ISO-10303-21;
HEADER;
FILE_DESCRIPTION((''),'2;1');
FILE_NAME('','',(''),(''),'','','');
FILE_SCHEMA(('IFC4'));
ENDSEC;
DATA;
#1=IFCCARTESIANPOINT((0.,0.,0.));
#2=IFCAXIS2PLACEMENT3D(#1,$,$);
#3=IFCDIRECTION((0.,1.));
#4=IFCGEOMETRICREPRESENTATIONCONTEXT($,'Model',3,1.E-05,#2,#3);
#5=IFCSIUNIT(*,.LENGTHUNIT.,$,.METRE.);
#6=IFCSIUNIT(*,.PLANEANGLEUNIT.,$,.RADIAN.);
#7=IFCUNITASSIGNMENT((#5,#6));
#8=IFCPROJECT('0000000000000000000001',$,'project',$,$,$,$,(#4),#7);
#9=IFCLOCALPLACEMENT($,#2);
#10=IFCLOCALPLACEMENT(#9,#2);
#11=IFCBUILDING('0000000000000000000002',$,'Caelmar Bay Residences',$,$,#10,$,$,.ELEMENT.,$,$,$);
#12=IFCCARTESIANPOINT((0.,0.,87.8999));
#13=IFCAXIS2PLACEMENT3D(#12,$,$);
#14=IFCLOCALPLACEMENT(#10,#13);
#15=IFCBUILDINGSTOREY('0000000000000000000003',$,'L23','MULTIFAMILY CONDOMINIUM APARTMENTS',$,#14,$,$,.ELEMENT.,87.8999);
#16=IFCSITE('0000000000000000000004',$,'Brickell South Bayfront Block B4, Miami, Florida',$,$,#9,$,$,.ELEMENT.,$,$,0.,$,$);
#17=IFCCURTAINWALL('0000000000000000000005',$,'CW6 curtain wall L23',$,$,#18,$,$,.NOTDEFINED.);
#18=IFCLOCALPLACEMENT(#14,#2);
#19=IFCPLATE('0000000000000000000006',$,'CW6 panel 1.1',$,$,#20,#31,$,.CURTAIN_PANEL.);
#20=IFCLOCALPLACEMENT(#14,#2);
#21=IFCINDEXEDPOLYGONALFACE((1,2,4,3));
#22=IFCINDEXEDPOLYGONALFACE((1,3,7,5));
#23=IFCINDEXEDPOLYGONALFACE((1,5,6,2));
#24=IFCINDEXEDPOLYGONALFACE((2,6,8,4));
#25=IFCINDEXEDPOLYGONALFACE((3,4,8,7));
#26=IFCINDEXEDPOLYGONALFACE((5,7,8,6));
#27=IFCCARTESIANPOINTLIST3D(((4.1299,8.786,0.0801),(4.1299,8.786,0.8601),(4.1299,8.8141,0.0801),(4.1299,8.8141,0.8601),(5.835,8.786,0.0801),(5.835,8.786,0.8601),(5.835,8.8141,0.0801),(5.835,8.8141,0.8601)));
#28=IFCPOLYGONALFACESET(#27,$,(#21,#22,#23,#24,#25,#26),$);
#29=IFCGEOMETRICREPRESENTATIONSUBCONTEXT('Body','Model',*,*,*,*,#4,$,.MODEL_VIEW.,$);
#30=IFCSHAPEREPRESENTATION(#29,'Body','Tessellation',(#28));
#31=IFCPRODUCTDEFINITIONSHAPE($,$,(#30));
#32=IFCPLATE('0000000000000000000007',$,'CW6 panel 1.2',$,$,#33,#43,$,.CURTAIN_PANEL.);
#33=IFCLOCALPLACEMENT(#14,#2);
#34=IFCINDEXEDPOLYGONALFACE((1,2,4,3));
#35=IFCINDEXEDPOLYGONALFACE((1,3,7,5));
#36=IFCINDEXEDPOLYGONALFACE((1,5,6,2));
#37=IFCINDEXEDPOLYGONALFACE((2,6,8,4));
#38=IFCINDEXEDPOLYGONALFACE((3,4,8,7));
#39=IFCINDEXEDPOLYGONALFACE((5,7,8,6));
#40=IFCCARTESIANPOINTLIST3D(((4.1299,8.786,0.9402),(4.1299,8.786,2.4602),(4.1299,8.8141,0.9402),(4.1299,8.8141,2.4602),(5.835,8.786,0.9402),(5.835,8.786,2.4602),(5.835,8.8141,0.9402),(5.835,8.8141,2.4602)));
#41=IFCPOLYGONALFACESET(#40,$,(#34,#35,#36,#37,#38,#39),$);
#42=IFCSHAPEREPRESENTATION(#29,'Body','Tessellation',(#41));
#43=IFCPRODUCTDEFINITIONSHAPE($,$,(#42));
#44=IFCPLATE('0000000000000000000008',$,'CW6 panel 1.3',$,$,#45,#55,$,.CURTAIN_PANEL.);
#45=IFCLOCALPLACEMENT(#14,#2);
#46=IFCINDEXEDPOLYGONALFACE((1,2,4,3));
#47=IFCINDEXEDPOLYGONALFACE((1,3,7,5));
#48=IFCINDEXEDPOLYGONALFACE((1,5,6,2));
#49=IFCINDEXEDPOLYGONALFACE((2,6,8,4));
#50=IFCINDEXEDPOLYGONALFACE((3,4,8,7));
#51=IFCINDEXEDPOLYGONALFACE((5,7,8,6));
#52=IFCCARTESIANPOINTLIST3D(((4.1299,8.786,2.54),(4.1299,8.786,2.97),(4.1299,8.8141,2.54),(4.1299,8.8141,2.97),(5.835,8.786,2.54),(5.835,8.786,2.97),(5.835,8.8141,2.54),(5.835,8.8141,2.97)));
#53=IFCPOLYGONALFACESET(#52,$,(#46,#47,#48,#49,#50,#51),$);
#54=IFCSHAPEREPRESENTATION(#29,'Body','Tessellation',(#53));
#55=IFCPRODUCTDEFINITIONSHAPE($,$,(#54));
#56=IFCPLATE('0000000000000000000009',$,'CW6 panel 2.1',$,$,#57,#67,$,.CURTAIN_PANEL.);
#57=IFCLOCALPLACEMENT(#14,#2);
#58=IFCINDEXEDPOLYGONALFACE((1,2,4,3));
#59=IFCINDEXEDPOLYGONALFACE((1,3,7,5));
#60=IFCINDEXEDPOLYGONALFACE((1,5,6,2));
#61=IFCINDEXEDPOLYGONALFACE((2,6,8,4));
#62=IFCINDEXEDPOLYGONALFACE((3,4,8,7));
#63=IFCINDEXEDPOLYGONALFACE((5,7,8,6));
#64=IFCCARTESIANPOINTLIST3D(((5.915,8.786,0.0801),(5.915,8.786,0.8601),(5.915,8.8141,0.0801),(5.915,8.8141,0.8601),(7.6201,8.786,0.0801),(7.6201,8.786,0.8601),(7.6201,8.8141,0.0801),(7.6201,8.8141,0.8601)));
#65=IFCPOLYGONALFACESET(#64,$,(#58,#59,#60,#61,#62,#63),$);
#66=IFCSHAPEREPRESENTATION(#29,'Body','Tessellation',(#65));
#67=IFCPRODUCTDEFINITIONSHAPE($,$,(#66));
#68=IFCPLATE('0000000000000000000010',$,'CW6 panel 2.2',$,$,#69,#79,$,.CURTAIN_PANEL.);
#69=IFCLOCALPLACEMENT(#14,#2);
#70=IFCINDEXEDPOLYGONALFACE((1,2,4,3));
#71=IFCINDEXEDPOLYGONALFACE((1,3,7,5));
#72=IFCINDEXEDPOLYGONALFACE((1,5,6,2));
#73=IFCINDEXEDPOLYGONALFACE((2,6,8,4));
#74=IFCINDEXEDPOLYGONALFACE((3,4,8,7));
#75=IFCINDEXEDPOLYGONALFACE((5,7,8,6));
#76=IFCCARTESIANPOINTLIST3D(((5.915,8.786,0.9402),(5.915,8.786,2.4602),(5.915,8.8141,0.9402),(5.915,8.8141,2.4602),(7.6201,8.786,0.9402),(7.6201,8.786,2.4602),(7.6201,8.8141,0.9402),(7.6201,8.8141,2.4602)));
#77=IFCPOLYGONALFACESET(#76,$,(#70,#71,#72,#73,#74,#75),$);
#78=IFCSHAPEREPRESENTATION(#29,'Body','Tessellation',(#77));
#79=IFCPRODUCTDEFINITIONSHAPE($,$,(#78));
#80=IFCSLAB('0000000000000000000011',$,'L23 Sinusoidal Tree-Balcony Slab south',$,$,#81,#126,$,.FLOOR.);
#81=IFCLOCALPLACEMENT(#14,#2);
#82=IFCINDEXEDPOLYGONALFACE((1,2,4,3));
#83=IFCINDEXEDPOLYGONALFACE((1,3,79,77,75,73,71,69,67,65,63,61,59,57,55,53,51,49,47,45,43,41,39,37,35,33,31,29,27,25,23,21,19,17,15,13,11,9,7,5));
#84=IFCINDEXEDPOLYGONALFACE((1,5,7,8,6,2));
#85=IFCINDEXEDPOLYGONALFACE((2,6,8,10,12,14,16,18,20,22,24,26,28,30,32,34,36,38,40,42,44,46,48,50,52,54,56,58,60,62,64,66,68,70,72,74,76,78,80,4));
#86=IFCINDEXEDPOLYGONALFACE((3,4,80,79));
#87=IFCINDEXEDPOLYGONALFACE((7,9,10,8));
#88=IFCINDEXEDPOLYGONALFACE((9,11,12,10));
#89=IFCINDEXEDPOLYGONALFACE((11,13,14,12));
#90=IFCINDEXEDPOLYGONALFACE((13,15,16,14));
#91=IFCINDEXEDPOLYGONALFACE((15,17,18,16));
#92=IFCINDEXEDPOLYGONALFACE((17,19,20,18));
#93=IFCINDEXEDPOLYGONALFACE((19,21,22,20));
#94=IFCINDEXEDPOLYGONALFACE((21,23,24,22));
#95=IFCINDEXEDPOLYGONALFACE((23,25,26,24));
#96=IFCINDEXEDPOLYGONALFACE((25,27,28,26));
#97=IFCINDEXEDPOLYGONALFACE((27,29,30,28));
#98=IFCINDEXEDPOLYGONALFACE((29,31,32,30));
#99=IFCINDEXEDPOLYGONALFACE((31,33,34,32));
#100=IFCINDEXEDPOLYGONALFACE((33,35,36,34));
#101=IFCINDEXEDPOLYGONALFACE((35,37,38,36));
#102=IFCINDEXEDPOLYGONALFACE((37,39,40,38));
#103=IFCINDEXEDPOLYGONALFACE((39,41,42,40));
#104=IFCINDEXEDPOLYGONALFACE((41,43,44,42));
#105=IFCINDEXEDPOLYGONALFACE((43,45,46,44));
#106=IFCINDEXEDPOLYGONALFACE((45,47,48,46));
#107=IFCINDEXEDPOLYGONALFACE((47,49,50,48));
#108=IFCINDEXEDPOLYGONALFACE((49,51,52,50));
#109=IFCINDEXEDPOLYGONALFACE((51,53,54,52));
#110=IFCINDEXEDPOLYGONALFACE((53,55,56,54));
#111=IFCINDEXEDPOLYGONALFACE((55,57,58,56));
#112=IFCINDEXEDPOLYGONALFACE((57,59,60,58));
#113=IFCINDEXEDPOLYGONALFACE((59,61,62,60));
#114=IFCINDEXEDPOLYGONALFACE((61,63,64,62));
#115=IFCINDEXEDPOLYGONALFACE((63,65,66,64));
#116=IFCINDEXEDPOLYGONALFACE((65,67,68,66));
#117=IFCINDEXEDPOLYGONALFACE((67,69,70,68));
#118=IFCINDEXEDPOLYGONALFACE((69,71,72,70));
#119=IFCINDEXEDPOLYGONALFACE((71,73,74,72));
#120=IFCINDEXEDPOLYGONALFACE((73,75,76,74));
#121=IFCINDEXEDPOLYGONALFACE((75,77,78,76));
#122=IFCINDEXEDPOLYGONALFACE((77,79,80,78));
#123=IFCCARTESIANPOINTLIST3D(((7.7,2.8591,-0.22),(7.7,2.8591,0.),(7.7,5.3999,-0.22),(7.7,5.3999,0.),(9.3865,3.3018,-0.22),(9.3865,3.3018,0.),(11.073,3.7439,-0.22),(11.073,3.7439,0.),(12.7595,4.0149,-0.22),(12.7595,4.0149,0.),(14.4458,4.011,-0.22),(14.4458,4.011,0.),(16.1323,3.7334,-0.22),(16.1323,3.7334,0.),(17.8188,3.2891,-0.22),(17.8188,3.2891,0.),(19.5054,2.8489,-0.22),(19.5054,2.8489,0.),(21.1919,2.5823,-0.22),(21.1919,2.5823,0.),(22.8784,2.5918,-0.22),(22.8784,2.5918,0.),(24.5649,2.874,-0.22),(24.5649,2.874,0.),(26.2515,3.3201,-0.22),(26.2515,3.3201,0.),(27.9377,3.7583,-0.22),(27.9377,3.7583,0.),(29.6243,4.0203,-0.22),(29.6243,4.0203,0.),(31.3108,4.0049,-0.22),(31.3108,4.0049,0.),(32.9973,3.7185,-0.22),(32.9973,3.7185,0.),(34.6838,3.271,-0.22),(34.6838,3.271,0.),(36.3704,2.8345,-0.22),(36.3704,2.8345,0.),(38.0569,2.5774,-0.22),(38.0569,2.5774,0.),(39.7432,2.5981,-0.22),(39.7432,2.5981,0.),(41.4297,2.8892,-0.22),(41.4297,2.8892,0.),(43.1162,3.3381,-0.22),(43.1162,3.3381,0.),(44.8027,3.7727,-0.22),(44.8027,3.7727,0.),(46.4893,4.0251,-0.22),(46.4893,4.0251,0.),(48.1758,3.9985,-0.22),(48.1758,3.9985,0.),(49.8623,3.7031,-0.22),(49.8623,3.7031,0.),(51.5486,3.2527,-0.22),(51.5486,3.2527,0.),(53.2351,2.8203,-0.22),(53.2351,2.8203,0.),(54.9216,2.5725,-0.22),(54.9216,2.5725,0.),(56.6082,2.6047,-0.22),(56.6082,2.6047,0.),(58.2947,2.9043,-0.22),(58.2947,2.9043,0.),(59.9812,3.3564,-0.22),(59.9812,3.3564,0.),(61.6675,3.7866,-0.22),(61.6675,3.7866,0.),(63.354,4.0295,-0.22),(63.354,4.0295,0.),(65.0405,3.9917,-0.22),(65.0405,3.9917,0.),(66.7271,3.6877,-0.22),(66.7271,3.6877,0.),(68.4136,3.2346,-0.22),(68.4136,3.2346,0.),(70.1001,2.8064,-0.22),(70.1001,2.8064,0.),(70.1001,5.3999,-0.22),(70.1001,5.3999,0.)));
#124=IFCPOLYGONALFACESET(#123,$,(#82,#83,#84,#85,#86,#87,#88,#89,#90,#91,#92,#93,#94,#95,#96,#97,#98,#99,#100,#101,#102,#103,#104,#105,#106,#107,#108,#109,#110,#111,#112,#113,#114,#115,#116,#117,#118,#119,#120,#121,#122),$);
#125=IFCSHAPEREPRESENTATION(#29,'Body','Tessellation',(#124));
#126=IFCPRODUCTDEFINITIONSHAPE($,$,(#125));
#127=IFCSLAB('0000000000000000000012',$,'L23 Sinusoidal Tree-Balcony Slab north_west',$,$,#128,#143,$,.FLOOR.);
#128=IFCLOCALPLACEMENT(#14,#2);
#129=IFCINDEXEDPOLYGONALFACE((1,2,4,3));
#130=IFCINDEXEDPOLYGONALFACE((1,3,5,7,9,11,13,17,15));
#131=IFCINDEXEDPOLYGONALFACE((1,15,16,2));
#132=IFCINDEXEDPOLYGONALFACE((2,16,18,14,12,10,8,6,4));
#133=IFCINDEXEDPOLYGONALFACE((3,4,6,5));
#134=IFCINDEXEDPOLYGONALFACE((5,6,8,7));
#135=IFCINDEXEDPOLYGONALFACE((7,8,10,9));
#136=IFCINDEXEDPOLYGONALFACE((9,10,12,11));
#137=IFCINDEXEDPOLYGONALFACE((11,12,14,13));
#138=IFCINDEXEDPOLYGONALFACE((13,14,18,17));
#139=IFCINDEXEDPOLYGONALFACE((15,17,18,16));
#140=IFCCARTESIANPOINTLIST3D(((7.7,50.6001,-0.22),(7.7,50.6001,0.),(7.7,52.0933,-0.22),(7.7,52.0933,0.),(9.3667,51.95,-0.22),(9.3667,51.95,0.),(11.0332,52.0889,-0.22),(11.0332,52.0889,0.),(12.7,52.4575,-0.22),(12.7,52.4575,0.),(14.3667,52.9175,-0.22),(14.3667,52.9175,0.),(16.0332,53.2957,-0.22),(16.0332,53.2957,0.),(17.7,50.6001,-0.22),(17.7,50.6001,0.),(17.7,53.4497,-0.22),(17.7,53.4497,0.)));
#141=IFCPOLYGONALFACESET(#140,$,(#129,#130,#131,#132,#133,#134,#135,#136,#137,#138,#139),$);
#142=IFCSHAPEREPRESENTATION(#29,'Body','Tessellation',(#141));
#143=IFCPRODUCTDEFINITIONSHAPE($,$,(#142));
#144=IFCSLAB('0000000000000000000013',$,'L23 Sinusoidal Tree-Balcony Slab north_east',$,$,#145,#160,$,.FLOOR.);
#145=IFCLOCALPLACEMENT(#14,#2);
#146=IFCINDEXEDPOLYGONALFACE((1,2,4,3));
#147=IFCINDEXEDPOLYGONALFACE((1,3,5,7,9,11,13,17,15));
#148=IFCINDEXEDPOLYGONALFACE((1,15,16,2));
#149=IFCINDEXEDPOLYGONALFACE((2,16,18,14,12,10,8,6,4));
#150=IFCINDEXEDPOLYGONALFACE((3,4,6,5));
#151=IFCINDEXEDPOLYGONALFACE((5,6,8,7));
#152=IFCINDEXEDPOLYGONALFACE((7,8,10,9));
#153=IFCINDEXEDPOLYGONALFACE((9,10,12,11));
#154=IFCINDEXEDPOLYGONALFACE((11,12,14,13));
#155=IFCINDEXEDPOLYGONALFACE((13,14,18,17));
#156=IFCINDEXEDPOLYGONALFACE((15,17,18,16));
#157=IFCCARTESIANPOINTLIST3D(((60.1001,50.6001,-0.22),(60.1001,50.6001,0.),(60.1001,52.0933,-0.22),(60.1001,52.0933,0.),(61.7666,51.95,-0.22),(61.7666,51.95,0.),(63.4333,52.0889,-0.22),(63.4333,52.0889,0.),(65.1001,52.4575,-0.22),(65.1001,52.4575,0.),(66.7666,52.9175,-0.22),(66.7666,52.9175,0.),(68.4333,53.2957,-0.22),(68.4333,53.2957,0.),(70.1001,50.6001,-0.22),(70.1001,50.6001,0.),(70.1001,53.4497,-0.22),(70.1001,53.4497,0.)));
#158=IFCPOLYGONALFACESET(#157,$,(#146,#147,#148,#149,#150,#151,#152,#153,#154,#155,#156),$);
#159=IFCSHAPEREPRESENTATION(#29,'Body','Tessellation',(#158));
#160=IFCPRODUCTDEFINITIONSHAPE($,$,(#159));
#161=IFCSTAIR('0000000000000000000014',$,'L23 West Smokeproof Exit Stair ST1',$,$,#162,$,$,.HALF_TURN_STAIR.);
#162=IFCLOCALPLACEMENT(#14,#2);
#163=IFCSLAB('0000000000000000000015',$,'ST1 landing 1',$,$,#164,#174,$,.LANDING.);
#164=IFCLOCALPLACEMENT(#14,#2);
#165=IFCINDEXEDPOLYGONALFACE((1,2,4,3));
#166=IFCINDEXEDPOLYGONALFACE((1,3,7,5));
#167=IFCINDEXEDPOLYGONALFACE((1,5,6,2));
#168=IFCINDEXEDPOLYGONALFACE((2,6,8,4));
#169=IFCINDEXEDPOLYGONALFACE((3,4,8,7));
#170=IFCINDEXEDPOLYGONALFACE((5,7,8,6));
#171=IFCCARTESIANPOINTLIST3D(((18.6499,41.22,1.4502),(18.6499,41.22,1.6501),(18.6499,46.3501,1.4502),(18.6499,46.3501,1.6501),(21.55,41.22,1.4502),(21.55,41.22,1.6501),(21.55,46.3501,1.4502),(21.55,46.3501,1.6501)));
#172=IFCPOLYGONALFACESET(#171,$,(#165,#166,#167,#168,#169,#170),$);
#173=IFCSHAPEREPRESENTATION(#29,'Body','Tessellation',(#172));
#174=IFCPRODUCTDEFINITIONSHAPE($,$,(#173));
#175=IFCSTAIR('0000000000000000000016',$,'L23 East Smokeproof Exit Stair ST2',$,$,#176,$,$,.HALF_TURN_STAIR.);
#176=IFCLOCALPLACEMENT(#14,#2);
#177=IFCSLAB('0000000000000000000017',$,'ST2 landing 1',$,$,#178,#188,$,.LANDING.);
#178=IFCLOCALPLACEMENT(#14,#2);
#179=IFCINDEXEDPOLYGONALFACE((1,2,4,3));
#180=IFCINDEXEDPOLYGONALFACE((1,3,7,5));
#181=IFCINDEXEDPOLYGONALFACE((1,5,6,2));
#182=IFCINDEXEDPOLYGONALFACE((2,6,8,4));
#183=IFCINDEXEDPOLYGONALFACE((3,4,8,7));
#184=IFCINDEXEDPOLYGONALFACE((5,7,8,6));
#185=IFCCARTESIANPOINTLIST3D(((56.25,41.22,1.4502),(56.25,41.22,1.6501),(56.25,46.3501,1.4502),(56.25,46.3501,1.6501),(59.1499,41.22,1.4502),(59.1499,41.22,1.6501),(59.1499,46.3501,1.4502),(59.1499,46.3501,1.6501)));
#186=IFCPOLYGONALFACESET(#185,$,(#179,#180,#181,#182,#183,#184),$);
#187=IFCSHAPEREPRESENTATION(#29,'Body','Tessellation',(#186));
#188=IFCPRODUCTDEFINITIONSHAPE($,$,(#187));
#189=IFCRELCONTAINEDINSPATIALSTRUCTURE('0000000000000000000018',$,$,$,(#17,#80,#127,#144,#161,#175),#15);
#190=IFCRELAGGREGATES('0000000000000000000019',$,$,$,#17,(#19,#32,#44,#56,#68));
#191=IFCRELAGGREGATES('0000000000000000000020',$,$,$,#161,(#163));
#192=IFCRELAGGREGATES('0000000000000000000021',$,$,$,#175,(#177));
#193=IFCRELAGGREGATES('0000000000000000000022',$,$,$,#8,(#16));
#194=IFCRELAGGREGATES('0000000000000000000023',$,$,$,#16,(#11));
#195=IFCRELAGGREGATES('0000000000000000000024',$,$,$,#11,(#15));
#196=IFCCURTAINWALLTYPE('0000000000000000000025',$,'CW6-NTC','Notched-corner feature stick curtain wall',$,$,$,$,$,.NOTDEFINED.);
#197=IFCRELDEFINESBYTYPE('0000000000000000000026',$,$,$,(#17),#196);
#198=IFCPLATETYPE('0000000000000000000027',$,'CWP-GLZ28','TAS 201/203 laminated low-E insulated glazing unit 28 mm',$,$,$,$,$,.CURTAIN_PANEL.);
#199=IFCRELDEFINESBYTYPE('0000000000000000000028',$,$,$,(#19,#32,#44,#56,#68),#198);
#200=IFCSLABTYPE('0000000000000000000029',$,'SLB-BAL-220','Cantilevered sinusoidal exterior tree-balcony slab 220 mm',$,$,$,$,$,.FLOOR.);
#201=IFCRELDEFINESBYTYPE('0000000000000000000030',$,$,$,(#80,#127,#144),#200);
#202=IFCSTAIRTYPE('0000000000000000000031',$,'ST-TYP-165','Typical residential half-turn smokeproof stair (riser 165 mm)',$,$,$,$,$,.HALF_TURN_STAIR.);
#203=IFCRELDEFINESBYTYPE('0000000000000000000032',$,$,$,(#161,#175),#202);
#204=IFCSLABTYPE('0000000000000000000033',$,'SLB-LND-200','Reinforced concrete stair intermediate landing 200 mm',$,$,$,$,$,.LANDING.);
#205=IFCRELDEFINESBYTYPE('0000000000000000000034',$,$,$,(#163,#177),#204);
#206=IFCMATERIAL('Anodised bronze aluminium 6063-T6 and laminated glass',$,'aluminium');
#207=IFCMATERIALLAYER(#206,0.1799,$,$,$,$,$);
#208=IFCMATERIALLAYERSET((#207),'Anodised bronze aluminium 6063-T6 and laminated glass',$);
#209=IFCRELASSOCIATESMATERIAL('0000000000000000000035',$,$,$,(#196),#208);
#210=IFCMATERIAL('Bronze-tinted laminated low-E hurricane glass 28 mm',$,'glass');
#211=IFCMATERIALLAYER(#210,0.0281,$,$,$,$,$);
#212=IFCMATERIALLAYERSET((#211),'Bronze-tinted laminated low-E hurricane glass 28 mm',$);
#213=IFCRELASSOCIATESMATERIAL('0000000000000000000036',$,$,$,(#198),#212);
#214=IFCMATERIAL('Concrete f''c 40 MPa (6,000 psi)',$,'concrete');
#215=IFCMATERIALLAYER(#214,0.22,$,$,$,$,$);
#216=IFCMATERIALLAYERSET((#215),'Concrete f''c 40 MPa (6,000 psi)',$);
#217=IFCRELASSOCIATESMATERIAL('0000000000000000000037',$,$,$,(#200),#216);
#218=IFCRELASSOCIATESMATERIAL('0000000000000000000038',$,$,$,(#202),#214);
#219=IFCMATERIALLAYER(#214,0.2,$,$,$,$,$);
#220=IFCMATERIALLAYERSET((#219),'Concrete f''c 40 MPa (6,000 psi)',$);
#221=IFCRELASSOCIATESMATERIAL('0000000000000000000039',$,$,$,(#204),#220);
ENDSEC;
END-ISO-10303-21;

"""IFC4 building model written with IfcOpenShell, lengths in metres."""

from ifc_helpers import new_model, si_unit, direction, frame, origin, origin_2d, place, context, subcontext, project, spatial, polyline, rectangle, outline, extrude, material, layer, layer_set, type_object, element, aggregate, save


model = new_model("IFC4")

# Units and contexts
model_context = context("Model", 3, precision=1e-05, world=origin(), true_north=direction((0.0, 1.0)))
body_context = subcontext(model_context, "Body", "Model", "MODEL_VIEW")
ifc_project = project(units=[si_unit("LENGTHUNIT", "METRE"), si_unit("PLANEANGLEUNIT", "RADIAN")], contexts=[model_context])

# Site, building, storey
site_placement = place(None, origin())
site = spatial("IfcSite", under=ifc_project, at=site_placement, Name="Brickell South Bayfront Block B4, Miami, Florida", CompositionType="ELEMENT", RefElevation=0.0)
building_placement = place(site_placement, origin())
building = spatial("IfcBuilding", under=site, at=building_placement, Name="Caelmar Bay Residences", CompositionType="ELEMENT")
storey_placement = place(building_placement, frame((0.0, 0.0, 87.8999)))
storey = spatial("IfcBuildingStorey", under=building, at=storey_placement, Name="L23", Description="MULTIFAMILY CONDOMINIUM APARTMENTS", CompositionType="ELEMENT", Elevation=87.8999)

# Curtain wall
ifc_material_1 = material(Name="Anodised bronze aluminium 6063-T6 and laminated glass", Category="aluminium")
ifc_layer_1 = layer(ifc_material_1, 0.1799)
ifc_layer_set_1 = layer_set([ifc_layer_1], Name="Anodised bronze aluminium 6063-T6 and laminated glass")
curtain_wall_type_1 = type_object("IfcCurtainWallType", Name="CW6-NTC", Description="Notched-corner feature stick curtain wall", PredefinedType="NOTDEFINED", material=ifc_layer_set_1)
curtain_wall_1_placement = place(storey_placement, origin())
curtain_wall_1 = element("IfcCurtainWall", 1, at=curtain_wall_1_placement, inside=storey, type_object=curtain_wall_type_1, Name="CW6 curtain wall L23", PredefinedType="NOTDEFINED")

# Plates
ifc_material_2 = material(Name="Bronze-tinted laminated low-E hurricane glass 28 mm", Category="glass")
ifc_layer_2 = layer(ifc_material_2, 0.0281)
ifc_layer_set_2 = layer_set([ifc_layer_2], Name="Bronze-tinted laminated low-E hurricane glass 28 mm")
plate_type = type_object("IfcPlateType", Name="CWP-GLZ28", Description="TAS 201/203 laminated low-E insulated glazing unit 28 mm", PredefinedType="CURTAIN_PANEL", material=ifc_layer_set_2)
plate_1_placement = place(storey_placement, frame((4.9824, 8.8, 0.0801), z_axis=(0.0, 0.0, 1.0), x_axis=(1.0, 0.0, 0.0)))
plate_1 = element("IfcPlate", 2, at=plate_1_placement, type_object=plate_type, Name="CW6 panel 1.1", PredefinedType="CURTAIN_PANEL", context=body_context, shape_type="SweptSolid", body=[
    extrude(rectangle(XDim=1.7051, YDim=0.0281, at=origin_2d()), origin(), (0.0, 0.0, 1.0), 0.78),
])
plate_2_placement = place(storey_placement, frame((4.9824, 8.8, 0.9402), z_axis=(0.0, 0.0, 1.0), x_axis=(1.0, 0.0, 0.0)))
plate_2 = element("IfcPlate", 3, at=plate_2_placement, type_object=plate_type, Name="CW6 panel 1.2", PredefinedType="CURTAIN_PANEL", context=body_context, shape_type="SweptSolid", body=[
    extrude(rectangle(XDim=1.7051, YDim=0.0281, at=origin_2d()), origin(), (0.0, 0.0, 1.0), 1.52),
])
plate_3_placement = place(storey_placement, frame((4.9824, 8.8, 2.54), z_axis=(0.0, 0.0, 1.0), x_axis=(1.0, 0.0, 0.0)))
plate_3 = element("IfcPlate", 4, at=plate_3_placement, type_object=plate_type, Name="CW6 panel 1.3", PredefinedType="CURTAIN_PANEL", context=body_context, shape_type="SweptSolid", body=[
    extrude(rectangle(XDim=1.7051, YDim=0.0281, at=origin_2d()), origin(), (0.0, 0.0, 1.0), 0.4299),
])
plate_4_placement = place(storey_placement, frame((6.7676, 8.8, 0.0801), z_axis=(0.0, 0.0, 1.0), x_axis=(1.0, 0.0, 0.0)))
plate_4 = element("IfcPlate", 5, at=plate_4_placement, type_object=plate_type, Name="CW6 panel 2.1", PredefinedType="CURTAIN_PANEL", context=body_context, shape_type="SweptSolid", body=[
    extrude(rectangle(XDim=1.7051, YDim=0.0281, at=origin_2d()), origin(), (0.0, 0.0, 1.0), 0.78),
])
plate_5_placement = place(storey_placement, frame((6.7676, 8.8, 0.9402), z_axis=(0.0, 0.0, 1.0), x_axis=(1.0, 0.0, 0.0)))
plate_5 = element("IfcPlate", 6, at=plate_5_placement, type_object=plate_type, Name="CW6 panel 2.2", PredefinedType="CURTAIN_PANEL", context=body_context, shape_type="SweptSolid", body=[
    extrude(rectangle(XDim=1.7051, YDim=0.0281, at=origin_2d()), origin(), (0.0, 0.0, 1.0), 1.52),
])
aggregate(curtain_wall_1, [plate_1, plate_2, plate_3, plate_4, plate_5])

# Slabs
ifc_material_3 = material(Name="Concrete f'c 40 MPa (6,000 psi)", Category="concrete")
ifc_layer_3 = layer(ifc_material_3, 0.22)
ifc_layer_set_3 = layer_set([ifc_layer_3], Name="Concrete f'c 40 MPa (6,000 psi)")
slab_type_1 = type_object("IfcSlabType", Name="SLB-BAL-220", Description="Cantilevered sinusoidal exterior tree-balcony slab 220 mm", PredefinedType="FLOOR", material=ifc_layer_set_3)
slab_1_placement = place(storey_placement, frame((0.0, 0.0, -0.22)))
element("IfcSlab", 7, at=slab_1_placement, inside=storey, type_object=slab_type_1, Name="L23 Sinusoidal Tree-Balcony Slab south", PredefinedType="FLOOR", context=body_context, shape_type="SweptSolid", body=[
    extrude(outline(polyline([(7.7, 2.8591), (9.3865, 3.3018), (11.073, 3.7439), (12.7595, 4.0149), (14.4458, 4.011), (16.1323, 3.7334), (17.8188, 3.2891), (19.5054, 2.8489), (21.1919, 2.5823), (22.8784, 2.5918), (24.5649, 2.874), (26.2515, 3.3201), (27.9377, 3.7583), (29.6243, 4.0203), (31.3108, 4.0049), (32.9973, 3.7185), (34.6838, 3.271), (36.3704, 2.8345), (38.0569, 2.5774), (39.7432, 2.5981), (41.4297, 2.8892), (43.1162, 3.3381), (44.8027, 3.7727), (46.4893, 4.0251), (48.1758, 3.9985), (49.8623, 3.7031), (51.5486, 3.2527), (53.2351, 2.8203), (54.9216, 2.5725), (56.6082, 2.6047), (58.2947, 2.9043), (59.9812, 3.3564), (61.6675, 3.7866), (63.354, 4.0295), (65.0405, 3.9917), (66.7271, 3.6877), (68.4136, 3.2346), (70.1001, 2.8064), (70.1001, 5.3999), (7.7, 5.3999), (7.7, 2.8591)])), origin(), (0.0, 0.0, 1.0), 0.22),
])
slab_2_placement = place(storey_placement, frame((0.0, 0.0, -0.22)))
element("IfcSlab", 8, at=slab_2_placement, inside=storey, type_object=slab_type_1, Name="L23 Sinusoidal Tree-Balcony Slab north_west", PredefinedType="FLOOR", context=body_context, shape_type="SweptSolid", body=[
    extrude(outline(polyline([(7.7, 50.6001), (17.7, 50.6001), (17.7, 53.4497), (16.0332, 53.2957), (14.3667, 52.9175), (12.7, 52.4575), (11.0332, 52.0889), (9.3667, 51.95), (7.7, 52.0933), (7.7, 50.6001)])), origin(), (0.0, 0.0, 1.0), 0.22),
])
slab_3_placement = place(storey_placement, frame((0.0, 0.0, -0.22)))
element("IfcSlab", 9, at=slab_3_placement, inside=storey, type_object=slab_type_1, Name="L23 Sinusoidal Tree-Balcony Slab north_east", PredefinedType="FLOOR", context=body_context, shape_type="SweptSolid", body=[
    extrude(outline(polyline([(60.1001, 50.6001), (70.1001, 50.6001), (70.1001, 53.4497), (68.4333, 53.2957), (66.7666, 52.9175), (65.1001, 52.4575), (63.4333, 52.0889), (61.7666, 51.95), (60.1001, 52.0933), (60.1001, 50.6001)])), origin(), (0.0, 0.0, 1.0), 0.22),
])

# Stairs, slabs
stair_type = type_object("IfcStairType", Name="ST-TYP-165", Description="Typical residential half-turn smokeproof stair (riser 165 mm)", PredefinedType="HALF_TURN_STAIR", material=ifc_material_3)
stair_1_placement = place(storey_placement, origin())
stair_1 = element("IfcStair", 10, at=stair_1_placement, inside=storey, type_object=stair_type, Name="L23 West Smokeproof Exit Stair ST1", PredefinedType="HALF_TURN_STAIR")
ifc_layer_4 = layer(ifc_material_3, 0.2)
ifc_layer_set_4 = layer_set([ifc_layer_4], Name="Concrete f'c 40 MPa (6,000 psi)")
slab_type_2 = type_object("IfcSlabType", Name="SLB-LND-200", Description="Reinforced concrete stair intermediate landing 200 mm", PredefinedType="LANDING", material=ifc_layer_set_4)
slab_4_placement = place(storey_placement, frame((0.0, 0.0, 1.4502)))
slab_4 = element("IfcSlab", 11, at=slab_4_placement, type_object=slab_type_2, Name="ST1 landing 1", PredefinedType="LANDING", context=body_context, shape_type="SweptSolid", body=[
    extrude(outline(polyline([(21.55, 41.22), (21.55, 46.3501), (18.6499, 46.3501), (18.6499, 41.22), (21.55, 41.22)])), origin(), (0.0, 0.0, 1.0), 0.2),
])
aggregate(stair_1, [slab_4])
stair_2_placement = place(storey_placement, origin())
stair_2 = element("IfcStair", 12, at=stair_2_placement, inside=storey, type_object=stair_type, Name="L23 East Smokeproof Exit Stair ST2", PredefinedType="HALF_TURN_STAIR")
slab_5_placement = place(storey_placement, frame((0.0, 0.0, 1.4502)))
slab_5 = element("IfcSlab", 13, at=slab_5_placement, type_object=slab_type_2, Name="ST2 landing 1", PredefinedType="LANDING", context=body_context, shape_type="SweptSolid", body=[
    extrude(outline(polyline([(59.1499, 41.22), (59.1499, 46.3501), (56.25, 46.3501), (56.25, 41.22), (59.1499, 41.22)])), origin(), (0.0, 0.0, 1.0), 0.2),
])
aggregate(stair_2, [slab_5])

save(model, "model.ifc")
